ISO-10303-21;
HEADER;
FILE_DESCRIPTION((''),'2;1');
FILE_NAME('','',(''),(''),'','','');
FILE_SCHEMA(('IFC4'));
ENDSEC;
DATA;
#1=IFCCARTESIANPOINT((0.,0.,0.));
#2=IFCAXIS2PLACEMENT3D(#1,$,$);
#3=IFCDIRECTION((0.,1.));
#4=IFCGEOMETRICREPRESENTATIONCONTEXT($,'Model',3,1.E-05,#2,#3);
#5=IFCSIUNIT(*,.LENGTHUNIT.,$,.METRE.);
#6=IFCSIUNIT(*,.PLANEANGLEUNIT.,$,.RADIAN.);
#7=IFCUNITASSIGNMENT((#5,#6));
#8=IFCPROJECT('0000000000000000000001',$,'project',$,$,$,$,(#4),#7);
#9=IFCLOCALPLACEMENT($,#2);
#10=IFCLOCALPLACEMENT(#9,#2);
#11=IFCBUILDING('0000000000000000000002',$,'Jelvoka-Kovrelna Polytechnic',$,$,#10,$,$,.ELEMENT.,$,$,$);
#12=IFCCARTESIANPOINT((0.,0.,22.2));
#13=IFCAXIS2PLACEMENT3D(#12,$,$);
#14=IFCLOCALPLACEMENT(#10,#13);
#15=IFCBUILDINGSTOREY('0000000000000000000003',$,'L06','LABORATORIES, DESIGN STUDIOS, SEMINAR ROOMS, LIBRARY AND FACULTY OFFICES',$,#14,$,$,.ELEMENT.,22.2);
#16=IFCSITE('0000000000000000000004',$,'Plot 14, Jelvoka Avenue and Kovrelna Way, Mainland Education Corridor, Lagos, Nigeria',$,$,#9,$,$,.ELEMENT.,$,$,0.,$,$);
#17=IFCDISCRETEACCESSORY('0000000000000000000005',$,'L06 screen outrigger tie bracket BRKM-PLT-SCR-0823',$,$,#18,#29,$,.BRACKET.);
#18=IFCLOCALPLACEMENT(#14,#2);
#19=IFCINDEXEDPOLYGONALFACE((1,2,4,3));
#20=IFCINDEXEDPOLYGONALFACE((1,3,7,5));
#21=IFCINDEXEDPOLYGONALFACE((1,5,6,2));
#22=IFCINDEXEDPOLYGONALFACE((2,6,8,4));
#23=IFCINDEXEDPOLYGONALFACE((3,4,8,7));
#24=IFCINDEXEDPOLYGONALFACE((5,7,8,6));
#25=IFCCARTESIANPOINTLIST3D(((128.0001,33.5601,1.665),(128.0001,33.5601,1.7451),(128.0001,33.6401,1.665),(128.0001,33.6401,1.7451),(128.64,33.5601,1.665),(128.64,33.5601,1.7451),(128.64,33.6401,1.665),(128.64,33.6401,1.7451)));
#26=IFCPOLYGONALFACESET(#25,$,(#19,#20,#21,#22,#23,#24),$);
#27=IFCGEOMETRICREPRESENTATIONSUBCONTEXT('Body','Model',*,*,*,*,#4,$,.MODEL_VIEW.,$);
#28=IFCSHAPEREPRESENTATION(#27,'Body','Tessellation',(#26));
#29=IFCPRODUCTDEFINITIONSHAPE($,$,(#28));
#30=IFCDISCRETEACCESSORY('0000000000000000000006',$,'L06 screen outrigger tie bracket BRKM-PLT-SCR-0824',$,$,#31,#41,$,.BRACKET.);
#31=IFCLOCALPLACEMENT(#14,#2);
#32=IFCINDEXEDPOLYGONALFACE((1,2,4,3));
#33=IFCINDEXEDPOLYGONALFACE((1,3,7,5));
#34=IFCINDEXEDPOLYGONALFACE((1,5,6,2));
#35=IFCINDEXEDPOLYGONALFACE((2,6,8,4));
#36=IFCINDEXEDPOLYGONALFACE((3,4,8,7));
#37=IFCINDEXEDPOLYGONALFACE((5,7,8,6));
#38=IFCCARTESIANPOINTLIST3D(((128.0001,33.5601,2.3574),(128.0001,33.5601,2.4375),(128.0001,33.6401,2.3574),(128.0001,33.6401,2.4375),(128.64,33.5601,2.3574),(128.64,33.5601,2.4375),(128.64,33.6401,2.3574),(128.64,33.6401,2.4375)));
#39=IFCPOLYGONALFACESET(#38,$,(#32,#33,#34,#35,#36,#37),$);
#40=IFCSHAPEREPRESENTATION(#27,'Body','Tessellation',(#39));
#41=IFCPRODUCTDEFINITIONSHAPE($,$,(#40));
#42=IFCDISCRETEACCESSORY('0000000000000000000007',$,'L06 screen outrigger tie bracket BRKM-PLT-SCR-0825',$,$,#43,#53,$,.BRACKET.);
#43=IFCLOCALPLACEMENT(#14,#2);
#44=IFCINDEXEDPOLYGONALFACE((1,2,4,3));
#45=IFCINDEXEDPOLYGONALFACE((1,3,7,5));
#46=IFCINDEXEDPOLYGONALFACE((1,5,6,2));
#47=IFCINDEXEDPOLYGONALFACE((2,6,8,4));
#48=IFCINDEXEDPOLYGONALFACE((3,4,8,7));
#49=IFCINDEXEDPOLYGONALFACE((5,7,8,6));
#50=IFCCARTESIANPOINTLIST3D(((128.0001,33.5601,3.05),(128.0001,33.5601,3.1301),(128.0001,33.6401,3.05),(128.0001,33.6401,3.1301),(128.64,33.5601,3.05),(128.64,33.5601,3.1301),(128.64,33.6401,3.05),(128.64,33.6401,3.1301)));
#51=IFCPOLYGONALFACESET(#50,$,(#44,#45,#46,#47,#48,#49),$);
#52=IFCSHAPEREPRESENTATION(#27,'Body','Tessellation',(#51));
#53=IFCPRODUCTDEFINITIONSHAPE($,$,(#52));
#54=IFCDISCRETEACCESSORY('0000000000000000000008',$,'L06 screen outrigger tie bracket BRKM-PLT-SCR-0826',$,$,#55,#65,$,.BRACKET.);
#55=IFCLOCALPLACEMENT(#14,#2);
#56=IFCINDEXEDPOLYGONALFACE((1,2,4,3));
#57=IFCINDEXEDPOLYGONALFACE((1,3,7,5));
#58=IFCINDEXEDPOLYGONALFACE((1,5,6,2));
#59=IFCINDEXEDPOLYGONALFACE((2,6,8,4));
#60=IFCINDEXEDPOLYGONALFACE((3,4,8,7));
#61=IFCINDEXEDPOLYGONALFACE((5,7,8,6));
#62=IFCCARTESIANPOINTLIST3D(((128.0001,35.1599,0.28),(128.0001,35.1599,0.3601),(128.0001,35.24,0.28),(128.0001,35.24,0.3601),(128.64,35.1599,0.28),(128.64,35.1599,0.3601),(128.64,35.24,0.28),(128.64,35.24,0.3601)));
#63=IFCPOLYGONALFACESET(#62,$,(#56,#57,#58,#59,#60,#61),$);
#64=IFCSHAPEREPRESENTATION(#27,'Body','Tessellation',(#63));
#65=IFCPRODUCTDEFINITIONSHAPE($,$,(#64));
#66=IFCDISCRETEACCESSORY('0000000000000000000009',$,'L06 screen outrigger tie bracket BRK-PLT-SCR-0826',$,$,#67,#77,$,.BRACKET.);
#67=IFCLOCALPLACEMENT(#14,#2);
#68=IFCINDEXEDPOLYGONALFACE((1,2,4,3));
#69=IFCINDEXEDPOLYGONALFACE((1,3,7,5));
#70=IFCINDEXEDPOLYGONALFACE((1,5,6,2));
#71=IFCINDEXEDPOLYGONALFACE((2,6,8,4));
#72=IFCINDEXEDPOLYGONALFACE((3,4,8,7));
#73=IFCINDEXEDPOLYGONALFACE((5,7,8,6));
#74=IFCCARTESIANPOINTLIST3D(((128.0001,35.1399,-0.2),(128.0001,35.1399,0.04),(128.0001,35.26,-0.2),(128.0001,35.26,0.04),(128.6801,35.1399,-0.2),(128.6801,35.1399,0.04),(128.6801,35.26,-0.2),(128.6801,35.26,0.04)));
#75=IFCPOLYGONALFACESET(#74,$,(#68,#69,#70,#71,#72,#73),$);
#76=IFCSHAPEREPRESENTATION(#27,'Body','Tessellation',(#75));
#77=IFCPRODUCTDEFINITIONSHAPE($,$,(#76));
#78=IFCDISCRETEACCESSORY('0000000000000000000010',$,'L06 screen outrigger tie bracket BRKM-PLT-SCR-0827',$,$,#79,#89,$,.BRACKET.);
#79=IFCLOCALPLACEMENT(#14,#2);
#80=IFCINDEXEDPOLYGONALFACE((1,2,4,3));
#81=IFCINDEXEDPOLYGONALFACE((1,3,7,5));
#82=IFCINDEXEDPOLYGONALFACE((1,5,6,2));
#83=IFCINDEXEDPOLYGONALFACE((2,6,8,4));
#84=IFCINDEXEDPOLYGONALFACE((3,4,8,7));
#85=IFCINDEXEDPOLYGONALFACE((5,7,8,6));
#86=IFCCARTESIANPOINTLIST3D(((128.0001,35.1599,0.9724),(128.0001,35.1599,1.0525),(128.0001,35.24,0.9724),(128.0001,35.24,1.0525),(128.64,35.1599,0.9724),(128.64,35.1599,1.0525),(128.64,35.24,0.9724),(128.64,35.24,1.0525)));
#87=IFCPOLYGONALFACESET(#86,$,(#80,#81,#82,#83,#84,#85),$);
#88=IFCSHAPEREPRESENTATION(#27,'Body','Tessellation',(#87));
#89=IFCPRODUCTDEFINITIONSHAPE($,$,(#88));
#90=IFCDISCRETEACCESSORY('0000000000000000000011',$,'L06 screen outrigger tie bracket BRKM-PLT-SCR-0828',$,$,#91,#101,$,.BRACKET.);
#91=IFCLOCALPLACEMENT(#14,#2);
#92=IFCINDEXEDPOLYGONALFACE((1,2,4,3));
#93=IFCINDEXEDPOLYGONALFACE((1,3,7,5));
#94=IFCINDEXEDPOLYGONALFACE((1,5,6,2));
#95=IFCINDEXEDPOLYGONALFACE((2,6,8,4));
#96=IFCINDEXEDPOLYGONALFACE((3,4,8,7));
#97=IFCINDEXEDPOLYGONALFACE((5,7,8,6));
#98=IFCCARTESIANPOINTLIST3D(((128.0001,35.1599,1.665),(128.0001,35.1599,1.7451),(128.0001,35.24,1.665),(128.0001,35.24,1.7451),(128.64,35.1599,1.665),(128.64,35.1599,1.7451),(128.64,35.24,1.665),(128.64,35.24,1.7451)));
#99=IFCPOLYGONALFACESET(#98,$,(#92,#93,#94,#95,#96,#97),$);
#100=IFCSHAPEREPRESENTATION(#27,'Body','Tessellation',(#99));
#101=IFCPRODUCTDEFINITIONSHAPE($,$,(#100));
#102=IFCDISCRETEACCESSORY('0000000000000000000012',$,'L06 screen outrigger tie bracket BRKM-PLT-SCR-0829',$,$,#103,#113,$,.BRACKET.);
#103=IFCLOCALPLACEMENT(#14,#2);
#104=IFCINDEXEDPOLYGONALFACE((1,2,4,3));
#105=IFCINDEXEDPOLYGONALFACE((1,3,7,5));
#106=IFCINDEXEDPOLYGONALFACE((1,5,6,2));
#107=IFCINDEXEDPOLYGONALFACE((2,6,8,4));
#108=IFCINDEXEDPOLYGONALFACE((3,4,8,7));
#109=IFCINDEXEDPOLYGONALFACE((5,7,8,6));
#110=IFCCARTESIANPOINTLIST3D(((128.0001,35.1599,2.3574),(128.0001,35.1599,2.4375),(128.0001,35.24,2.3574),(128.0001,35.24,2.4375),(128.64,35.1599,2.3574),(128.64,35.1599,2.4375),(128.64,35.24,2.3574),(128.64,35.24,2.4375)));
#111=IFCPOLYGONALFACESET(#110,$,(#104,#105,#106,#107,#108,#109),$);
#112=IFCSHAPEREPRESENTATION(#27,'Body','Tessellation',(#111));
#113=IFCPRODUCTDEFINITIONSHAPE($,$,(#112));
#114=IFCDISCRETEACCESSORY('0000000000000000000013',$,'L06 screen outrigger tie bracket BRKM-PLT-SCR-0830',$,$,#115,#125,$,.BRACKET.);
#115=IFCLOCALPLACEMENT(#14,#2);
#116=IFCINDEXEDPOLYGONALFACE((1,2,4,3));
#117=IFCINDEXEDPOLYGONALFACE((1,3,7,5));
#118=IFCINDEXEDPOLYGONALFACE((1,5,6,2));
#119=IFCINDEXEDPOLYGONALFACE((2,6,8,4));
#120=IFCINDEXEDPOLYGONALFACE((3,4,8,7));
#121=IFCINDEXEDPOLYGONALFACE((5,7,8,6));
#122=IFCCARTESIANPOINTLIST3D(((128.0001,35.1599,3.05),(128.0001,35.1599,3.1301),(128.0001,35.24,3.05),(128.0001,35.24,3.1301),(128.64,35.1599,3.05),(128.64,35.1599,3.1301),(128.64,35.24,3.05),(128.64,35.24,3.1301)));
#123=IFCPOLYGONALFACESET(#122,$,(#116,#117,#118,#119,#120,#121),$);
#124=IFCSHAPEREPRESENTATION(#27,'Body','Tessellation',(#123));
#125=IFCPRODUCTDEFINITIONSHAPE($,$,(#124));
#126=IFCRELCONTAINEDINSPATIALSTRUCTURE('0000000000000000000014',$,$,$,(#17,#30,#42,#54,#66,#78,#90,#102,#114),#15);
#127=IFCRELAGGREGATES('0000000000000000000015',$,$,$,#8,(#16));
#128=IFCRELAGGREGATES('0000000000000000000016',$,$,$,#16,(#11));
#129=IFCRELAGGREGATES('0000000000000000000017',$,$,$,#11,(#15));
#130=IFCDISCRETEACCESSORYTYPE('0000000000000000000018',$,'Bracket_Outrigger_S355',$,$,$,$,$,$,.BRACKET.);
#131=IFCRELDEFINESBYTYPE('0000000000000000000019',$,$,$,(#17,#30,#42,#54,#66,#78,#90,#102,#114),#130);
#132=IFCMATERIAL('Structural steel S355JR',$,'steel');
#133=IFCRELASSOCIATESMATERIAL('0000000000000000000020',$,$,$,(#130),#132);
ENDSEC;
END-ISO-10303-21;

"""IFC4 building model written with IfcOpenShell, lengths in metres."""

from ifc_helpers import new_model, si_unit, direction, frame, origin, origin_2d, place, context, subcontext, project, spatial, rectangle, extrude, material, type_object, element, save


model = new_model("IFC4")

# Units and contexts
model_context = context("Model", 3, precision=1e-05, world=origin(), true_north=direction((0.0, 1.0)))
body_context = subcontext(model_context, "Body", "Model", "MODEL_VIEW")
ifc_project = project(units=[si_unit("LENGTHUNIT", "METRE"), si_unit("PLANEANGLEUNIT", "RADIAN")], contexts=[model_context])

# Site, building, storey
site_placement = place(None, origin())
site = spatial("IfcSite", under=ifc_project, at=site_placement, Name="Plot 14, Jelvoka Avenue and Kovrelna Way, Mainland Education Corridor, Lagos, Nigeria", CompositionType="ELEMENT", RefElevation=0.0)
building_placement = place(site_placement, origin())
building = spatial("IfcBuilding", under=site, at=building_placement, Name="Jelvoka-Kovrelna Polytechnic", CompositionType="ELEMENT")
storey_placement = place(building_placement, frame((0.0, 0.0, 22.2)))
storey = spatial("IfcBuildingStorey", under=building, at=storey_placement, Name="L06", Description="LABORATORIES, DESIGN STUDIOS, SEMINAR ROOMS, LIBRARY AND FACULTY OFFICES", CompositionType="ELEMENT", Elevation=22.2)

# Discrete accessories
ifc_material_1 = material(Name="Structural steel S355JR", Category="steel")
discrete_accessory_type = type_object("IfcDiscreteAccessoryType", Name="Bracket_Outrigger_S355", PredefinedType="BRACKET", material=ifc_material_1)
for number, where, z_axis, x_axis, name in (
    (1, (128.3201, 33.6001, 1.665), (0.0, 0.0, 1.0), (1.0, 0.0, 0.0), "L06 screen outrigger tie bracket BRKM-PLT-SCR-0823"),
    (2, (128.3201, 33.6001, 2.3574), (0.0, 0.0, 1.0), (1.0, 0.0, 0.0), "L06 screen outrigger tie bracket BRKM-PLT-SCR-0824"),
    (3, (128.3201, 33.6001, 3.05), (0.0, 0.0, 1.0), (1.0, 0.0, 0.0), "L06 screen outrigger tie bracket BRKM-PLT-SCR-0825"),
    (4, (128.3201, 35.2, 0.28), (0.0, 0.0, 1.0), (1.0, 0.0, 0.0), "L06 screen outrigger tie bracket BRKM-PLT-SCR-0826"),
):
    element("IfcDiscreteAccessory", number, at=place(storey_placement, frame(where, z_axis=z_axis, x_axis=x_axis)), inside=storey, type_object=discrete_accessory_type, Name=name, PredefinedType="BRACKET", context=body_context, shape_type="SweptSolid", body=[
        extrude(rectangle(XDim=0.6399, YDim=0.0801, at=origin_2d()), origin(), (0.0, 0.0, 1.0), 0.0801),
    ])
discrete_accessory_1_placement = place(storey_placement, frame((128.3401, 35.2, -0.2), z_axis=(0.0, 0.0, 1.0), x_axis=(1.0, 0.0, 0.0)))
element("IfcDiscreteAccessory", 5, at=discrete_accessory_1_placement, inside=storey, type_object=discrete_accessory_type, Name="L06 screen outrigger tie bracket BRK-PLT-SCR-0826", PredefinedType="BRACKET", context=body_context, shape_type="SweptSolid", body=[
    extrude(rectangle(XDim=0.6799, YDim=0.1201, at=origin_2d()), origin(), (0.0, 0.0, 1.0), 0.24),
])
for number, where, z_axis, x_axis, name in (
    (6, (128.3201, 35.2, 0.9724), (0.0, 0.0, 1.0), (1.0, 0.0, 0.0), "L06 screen outrigger tie bracket BRKM-PLT-SCR-0827"),
    (7, (128.3201, 35.2, 1.665), (0.0, 0.0, 1.0), (1.0, 0.0, 0.0), "L06 screen outrigger tie bracket BRKM-PLT-SCR-0828"),
    (8, (128.3201, 35.2, 2.3574), (0.0, 0.0, 1.0), (1.0, 0.0, 0.0), "L06 screen outrigger tie bracket BRKM-PLT-SCR-0829"),
    (9, (128.3201, 35.2, 3.05), (0.0, 0.0, 1.0), (1.0, 0.0, 0.0), "L06 screen outrigger tie bracket BRKM-PLT-SCR-0830"),
):
    element("IfcDiscreteAccessory", number, at=place(storey_placement, frame(where, z_axis=z_axis, x_axis=x_axis)), inside=storey, type_object=discrete_accessory_type, Name=name, PredefinedType="BRACKET", context=body_context, shape_type="SweptSolid", body=[
        extrude(rectangle(XDim=0.6399, YDim=0.0801, at=origin_2d()), origin(), (0.0, 0.0, 1.0), 0.0801),
    ])

save(model, "model.ifc")
